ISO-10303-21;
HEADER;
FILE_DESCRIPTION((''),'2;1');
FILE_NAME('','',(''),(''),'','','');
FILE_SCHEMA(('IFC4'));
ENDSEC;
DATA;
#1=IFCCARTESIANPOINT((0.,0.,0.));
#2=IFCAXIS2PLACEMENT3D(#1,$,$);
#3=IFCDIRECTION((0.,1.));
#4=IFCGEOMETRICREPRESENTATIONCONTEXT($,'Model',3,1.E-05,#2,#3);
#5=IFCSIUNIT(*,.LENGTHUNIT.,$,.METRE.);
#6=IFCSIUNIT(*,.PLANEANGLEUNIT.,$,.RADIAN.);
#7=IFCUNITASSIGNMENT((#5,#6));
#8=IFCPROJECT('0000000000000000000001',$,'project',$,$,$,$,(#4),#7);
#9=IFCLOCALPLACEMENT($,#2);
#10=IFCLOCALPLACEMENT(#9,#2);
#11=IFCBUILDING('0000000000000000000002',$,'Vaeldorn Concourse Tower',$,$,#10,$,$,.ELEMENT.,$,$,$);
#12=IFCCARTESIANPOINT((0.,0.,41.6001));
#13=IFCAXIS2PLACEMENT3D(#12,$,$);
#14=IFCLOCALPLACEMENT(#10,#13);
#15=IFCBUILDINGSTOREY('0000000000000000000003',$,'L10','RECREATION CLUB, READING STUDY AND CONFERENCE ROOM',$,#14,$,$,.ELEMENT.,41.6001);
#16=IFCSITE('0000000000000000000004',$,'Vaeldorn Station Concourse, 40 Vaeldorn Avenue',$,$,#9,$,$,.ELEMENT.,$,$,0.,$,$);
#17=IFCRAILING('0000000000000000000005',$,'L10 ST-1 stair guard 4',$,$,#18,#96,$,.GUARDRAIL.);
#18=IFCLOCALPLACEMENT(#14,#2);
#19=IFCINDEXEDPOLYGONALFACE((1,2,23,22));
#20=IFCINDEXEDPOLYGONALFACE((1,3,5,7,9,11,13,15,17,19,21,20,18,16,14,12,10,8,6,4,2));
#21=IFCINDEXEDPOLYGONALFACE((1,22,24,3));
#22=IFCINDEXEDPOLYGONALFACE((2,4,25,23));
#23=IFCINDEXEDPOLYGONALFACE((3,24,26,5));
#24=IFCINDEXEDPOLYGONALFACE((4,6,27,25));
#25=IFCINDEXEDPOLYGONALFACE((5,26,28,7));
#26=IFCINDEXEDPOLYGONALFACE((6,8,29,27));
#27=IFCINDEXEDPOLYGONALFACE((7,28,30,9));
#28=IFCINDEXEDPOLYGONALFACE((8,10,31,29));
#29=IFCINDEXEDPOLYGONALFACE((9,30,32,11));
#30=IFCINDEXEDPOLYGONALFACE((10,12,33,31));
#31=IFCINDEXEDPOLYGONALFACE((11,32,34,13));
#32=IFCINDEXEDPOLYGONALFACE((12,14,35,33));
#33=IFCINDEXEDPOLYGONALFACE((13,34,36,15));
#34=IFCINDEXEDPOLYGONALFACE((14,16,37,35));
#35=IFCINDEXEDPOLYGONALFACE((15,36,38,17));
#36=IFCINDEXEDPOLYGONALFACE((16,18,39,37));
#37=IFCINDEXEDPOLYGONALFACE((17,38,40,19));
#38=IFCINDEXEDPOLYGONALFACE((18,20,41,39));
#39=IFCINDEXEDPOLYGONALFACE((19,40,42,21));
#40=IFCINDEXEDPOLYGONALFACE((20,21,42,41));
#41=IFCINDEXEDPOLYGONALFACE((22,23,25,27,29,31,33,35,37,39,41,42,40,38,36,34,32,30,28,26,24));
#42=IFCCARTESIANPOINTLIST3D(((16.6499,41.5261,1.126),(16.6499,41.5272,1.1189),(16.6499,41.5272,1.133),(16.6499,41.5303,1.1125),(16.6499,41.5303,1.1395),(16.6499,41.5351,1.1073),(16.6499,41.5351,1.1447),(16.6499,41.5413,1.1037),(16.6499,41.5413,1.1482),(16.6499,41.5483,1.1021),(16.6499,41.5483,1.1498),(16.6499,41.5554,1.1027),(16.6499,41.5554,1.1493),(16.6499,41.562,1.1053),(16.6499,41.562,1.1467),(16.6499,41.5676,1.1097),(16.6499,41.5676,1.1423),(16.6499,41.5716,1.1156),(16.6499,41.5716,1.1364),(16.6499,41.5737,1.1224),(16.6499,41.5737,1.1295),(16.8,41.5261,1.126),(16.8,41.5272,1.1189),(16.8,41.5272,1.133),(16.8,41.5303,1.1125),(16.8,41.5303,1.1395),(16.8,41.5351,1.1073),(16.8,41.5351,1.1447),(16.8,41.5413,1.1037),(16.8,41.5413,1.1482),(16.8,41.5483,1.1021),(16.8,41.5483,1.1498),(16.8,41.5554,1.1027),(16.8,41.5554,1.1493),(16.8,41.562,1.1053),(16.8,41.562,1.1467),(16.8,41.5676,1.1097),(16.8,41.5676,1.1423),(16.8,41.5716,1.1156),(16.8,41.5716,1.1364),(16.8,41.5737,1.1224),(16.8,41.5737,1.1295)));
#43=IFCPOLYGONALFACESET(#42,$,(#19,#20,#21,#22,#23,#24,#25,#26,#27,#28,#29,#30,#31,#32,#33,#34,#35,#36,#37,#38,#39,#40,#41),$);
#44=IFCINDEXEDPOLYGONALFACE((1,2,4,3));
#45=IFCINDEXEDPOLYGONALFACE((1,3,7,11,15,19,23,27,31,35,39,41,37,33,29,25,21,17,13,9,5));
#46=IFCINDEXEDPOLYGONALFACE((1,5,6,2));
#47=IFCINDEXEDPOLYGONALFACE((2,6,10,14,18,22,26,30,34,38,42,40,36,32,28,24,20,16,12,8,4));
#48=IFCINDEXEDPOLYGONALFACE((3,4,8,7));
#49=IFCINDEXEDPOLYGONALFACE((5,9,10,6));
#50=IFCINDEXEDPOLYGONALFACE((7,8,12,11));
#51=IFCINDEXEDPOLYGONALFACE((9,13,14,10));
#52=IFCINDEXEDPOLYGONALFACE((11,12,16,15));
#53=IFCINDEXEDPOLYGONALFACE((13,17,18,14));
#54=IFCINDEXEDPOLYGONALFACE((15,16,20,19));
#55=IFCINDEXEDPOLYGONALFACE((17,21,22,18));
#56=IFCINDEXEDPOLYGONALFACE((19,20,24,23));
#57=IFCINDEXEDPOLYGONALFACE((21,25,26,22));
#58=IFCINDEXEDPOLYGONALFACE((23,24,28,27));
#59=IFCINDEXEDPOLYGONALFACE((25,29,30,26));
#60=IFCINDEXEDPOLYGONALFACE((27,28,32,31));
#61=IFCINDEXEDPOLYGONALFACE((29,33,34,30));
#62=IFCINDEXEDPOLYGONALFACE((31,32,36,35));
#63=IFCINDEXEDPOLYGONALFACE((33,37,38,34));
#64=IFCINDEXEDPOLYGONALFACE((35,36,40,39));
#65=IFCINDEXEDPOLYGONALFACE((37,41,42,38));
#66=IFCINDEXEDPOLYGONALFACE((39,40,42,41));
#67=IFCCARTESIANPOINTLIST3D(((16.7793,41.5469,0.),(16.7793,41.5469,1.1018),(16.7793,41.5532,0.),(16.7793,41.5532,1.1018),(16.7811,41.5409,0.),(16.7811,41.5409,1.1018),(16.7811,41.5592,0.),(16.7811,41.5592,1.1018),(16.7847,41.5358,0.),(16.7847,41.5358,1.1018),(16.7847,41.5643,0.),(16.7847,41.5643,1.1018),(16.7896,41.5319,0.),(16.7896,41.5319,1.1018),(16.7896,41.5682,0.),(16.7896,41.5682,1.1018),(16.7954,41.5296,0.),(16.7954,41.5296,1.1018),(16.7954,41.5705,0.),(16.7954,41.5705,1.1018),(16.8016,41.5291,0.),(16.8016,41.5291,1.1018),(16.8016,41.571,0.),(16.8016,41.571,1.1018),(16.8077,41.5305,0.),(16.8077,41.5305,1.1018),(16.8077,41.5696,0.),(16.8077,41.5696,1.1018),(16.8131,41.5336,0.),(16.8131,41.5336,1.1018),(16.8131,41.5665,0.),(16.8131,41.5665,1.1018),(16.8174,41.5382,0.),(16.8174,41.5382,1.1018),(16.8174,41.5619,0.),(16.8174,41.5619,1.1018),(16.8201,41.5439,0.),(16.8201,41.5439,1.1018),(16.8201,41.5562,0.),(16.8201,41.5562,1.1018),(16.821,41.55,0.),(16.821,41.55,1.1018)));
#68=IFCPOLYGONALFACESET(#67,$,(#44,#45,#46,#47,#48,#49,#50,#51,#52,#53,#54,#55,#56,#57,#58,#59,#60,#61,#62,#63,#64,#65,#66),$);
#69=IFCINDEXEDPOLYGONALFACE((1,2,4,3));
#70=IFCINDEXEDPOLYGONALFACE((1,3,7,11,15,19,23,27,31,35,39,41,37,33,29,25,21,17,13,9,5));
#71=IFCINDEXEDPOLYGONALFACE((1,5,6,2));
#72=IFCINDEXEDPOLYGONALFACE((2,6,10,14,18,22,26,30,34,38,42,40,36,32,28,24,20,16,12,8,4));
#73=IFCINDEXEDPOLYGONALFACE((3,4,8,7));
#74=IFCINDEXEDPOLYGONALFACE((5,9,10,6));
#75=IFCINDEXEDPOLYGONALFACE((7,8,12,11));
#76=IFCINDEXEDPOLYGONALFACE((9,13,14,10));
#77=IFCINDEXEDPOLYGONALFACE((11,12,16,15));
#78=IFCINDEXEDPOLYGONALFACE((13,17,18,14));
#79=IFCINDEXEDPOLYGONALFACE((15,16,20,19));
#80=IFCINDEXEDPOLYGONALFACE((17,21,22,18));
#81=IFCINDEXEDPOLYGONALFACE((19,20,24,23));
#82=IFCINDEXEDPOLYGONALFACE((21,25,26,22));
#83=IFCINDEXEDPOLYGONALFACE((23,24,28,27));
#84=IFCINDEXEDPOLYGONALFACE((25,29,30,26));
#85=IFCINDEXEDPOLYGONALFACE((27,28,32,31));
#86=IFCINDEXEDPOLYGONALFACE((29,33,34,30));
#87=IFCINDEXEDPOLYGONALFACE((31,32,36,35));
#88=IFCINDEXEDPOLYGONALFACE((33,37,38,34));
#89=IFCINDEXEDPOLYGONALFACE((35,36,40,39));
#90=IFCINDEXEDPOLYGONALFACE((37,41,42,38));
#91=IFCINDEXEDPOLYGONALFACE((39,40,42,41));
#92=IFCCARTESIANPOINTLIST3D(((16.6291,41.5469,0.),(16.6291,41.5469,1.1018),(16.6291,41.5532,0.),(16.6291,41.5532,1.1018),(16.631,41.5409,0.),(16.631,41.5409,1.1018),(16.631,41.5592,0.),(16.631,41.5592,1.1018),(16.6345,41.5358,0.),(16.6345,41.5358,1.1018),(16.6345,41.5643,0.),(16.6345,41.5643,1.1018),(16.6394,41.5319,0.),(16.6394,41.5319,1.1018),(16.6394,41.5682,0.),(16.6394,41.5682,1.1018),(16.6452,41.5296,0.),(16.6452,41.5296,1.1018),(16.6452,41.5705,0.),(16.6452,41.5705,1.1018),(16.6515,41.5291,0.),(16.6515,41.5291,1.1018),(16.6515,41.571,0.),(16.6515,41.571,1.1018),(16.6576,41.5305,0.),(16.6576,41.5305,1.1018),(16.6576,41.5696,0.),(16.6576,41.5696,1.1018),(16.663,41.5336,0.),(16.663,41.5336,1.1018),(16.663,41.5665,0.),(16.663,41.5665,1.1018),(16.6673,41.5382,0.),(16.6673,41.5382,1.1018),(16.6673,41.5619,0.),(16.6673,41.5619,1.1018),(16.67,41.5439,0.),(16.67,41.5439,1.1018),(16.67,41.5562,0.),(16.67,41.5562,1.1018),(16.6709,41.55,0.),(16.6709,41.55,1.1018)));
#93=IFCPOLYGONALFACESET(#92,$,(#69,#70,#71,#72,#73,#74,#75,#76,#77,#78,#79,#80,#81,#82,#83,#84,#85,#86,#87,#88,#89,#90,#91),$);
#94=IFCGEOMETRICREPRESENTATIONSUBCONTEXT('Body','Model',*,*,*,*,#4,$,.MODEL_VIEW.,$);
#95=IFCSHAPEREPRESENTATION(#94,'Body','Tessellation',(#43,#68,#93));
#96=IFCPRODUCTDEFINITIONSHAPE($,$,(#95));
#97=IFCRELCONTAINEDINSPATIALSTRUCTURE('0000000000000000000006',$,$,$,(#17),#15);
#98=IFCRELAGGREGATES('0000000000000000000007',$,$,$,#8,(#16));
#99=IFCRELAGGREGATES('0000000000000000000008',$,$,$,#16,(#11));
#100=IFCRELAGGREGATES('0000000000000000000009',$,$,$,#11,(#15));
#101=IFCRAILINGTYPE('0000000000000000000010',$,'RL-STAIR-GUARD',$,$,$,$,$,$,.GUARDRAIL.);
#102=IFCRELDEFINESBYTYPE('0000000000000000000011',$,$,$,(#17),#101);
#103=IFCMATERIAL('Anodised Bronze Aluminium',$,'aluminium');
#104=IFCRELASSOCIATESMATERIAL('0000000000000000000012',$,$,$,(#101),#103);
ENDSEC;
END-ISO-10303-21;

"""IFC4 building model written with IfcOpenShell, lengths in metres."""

from ifc_helpers import new_model, si_unit, direction, frame, origin, origin_2d, place, context, subcontext, project, spatial, circle, extrude, material, type_object, element, save


model = new_model("IFC4")

# Units and contexts
model_context = context("Model", 3, precision=1e-05, world=origin(), true_north=direction((0.0, 1.0)))
body_context = subcontext(model_context, "Body", "Model", "MODEL_VIEW")
ifc_project = project(units=[si_unit("LENGTHUNIT", "METRE"), si_unit("PLANEANGLEUNIT", "RADIAN")], contexts=[model_context])

# Site, building, storey
site_placement = place(None, origin())
site = spatial("IfcSite", under=ifc_project, at=site_placement, Name="Vaeldorn Station Concourse, 40 Vaeldorn Avenue", CompositionType="ELEMENT", RefElevation=0.0)
building_placement = place(site_placement, origin())
building = spatial("IfcBuilding", under=site, at=building_placement, Name="Vaeldorn Concourse Tower", CompositionType="ELEMENT")
storey_placement = place(building_placement, frame((0.0, 0.0, 41.6001)))
storey = spatial("IfcBuildingStorey", under=building, at=storey_placement, Name="L10", Description="RECREATION CLUB, READING STUDY AND CONFERENCE ROOM", CompositionType="ELEMENT", Elevation=41.6001)

# Shared definitions
ifc_material_1 = material(Name="Anodised Bronze Aluminium", Category="aluminium")

# Railing
railing_type_1 = type_object("IfcRailingType", Name="RL-STAIR-GUARD", PredefinedType="GUARDRAIL", material=ifc_material_1)
railing_1_placement = place(storey_placement, frame((16.8, 41.55, 0.0)))
element("IfcRailing", 1, at=railing_1_placement, inside=storey, type_object=railing_type_1, Name="L10 ST-1 stair guard 4", PredefinedType="GUARDRAIL", context=body_context, shape_type="SweptSolid", body=[
    extrude(circle(Radius=0.0239, at=origin_2d()), frame((0.0, 0.0, 1.126), z_axis=(-1.0, 0.0, 0.0), x_axis=(0.0, -1.0, 0.0)), (0.0, 0.0, 1.0), 0.1501),
    extrude(circle(Radius=0.021, at=origin_2d()), origin(), (0.0, 0.0, 1.0), 1.1018),
    extrude(circle(Radius=0.021, at=origin_2d()), frame((-0.1501, 0.0, 0.0)), (0.0, 0.0, 1.0), 1.1018),
])

save(model, "model.ifc")
